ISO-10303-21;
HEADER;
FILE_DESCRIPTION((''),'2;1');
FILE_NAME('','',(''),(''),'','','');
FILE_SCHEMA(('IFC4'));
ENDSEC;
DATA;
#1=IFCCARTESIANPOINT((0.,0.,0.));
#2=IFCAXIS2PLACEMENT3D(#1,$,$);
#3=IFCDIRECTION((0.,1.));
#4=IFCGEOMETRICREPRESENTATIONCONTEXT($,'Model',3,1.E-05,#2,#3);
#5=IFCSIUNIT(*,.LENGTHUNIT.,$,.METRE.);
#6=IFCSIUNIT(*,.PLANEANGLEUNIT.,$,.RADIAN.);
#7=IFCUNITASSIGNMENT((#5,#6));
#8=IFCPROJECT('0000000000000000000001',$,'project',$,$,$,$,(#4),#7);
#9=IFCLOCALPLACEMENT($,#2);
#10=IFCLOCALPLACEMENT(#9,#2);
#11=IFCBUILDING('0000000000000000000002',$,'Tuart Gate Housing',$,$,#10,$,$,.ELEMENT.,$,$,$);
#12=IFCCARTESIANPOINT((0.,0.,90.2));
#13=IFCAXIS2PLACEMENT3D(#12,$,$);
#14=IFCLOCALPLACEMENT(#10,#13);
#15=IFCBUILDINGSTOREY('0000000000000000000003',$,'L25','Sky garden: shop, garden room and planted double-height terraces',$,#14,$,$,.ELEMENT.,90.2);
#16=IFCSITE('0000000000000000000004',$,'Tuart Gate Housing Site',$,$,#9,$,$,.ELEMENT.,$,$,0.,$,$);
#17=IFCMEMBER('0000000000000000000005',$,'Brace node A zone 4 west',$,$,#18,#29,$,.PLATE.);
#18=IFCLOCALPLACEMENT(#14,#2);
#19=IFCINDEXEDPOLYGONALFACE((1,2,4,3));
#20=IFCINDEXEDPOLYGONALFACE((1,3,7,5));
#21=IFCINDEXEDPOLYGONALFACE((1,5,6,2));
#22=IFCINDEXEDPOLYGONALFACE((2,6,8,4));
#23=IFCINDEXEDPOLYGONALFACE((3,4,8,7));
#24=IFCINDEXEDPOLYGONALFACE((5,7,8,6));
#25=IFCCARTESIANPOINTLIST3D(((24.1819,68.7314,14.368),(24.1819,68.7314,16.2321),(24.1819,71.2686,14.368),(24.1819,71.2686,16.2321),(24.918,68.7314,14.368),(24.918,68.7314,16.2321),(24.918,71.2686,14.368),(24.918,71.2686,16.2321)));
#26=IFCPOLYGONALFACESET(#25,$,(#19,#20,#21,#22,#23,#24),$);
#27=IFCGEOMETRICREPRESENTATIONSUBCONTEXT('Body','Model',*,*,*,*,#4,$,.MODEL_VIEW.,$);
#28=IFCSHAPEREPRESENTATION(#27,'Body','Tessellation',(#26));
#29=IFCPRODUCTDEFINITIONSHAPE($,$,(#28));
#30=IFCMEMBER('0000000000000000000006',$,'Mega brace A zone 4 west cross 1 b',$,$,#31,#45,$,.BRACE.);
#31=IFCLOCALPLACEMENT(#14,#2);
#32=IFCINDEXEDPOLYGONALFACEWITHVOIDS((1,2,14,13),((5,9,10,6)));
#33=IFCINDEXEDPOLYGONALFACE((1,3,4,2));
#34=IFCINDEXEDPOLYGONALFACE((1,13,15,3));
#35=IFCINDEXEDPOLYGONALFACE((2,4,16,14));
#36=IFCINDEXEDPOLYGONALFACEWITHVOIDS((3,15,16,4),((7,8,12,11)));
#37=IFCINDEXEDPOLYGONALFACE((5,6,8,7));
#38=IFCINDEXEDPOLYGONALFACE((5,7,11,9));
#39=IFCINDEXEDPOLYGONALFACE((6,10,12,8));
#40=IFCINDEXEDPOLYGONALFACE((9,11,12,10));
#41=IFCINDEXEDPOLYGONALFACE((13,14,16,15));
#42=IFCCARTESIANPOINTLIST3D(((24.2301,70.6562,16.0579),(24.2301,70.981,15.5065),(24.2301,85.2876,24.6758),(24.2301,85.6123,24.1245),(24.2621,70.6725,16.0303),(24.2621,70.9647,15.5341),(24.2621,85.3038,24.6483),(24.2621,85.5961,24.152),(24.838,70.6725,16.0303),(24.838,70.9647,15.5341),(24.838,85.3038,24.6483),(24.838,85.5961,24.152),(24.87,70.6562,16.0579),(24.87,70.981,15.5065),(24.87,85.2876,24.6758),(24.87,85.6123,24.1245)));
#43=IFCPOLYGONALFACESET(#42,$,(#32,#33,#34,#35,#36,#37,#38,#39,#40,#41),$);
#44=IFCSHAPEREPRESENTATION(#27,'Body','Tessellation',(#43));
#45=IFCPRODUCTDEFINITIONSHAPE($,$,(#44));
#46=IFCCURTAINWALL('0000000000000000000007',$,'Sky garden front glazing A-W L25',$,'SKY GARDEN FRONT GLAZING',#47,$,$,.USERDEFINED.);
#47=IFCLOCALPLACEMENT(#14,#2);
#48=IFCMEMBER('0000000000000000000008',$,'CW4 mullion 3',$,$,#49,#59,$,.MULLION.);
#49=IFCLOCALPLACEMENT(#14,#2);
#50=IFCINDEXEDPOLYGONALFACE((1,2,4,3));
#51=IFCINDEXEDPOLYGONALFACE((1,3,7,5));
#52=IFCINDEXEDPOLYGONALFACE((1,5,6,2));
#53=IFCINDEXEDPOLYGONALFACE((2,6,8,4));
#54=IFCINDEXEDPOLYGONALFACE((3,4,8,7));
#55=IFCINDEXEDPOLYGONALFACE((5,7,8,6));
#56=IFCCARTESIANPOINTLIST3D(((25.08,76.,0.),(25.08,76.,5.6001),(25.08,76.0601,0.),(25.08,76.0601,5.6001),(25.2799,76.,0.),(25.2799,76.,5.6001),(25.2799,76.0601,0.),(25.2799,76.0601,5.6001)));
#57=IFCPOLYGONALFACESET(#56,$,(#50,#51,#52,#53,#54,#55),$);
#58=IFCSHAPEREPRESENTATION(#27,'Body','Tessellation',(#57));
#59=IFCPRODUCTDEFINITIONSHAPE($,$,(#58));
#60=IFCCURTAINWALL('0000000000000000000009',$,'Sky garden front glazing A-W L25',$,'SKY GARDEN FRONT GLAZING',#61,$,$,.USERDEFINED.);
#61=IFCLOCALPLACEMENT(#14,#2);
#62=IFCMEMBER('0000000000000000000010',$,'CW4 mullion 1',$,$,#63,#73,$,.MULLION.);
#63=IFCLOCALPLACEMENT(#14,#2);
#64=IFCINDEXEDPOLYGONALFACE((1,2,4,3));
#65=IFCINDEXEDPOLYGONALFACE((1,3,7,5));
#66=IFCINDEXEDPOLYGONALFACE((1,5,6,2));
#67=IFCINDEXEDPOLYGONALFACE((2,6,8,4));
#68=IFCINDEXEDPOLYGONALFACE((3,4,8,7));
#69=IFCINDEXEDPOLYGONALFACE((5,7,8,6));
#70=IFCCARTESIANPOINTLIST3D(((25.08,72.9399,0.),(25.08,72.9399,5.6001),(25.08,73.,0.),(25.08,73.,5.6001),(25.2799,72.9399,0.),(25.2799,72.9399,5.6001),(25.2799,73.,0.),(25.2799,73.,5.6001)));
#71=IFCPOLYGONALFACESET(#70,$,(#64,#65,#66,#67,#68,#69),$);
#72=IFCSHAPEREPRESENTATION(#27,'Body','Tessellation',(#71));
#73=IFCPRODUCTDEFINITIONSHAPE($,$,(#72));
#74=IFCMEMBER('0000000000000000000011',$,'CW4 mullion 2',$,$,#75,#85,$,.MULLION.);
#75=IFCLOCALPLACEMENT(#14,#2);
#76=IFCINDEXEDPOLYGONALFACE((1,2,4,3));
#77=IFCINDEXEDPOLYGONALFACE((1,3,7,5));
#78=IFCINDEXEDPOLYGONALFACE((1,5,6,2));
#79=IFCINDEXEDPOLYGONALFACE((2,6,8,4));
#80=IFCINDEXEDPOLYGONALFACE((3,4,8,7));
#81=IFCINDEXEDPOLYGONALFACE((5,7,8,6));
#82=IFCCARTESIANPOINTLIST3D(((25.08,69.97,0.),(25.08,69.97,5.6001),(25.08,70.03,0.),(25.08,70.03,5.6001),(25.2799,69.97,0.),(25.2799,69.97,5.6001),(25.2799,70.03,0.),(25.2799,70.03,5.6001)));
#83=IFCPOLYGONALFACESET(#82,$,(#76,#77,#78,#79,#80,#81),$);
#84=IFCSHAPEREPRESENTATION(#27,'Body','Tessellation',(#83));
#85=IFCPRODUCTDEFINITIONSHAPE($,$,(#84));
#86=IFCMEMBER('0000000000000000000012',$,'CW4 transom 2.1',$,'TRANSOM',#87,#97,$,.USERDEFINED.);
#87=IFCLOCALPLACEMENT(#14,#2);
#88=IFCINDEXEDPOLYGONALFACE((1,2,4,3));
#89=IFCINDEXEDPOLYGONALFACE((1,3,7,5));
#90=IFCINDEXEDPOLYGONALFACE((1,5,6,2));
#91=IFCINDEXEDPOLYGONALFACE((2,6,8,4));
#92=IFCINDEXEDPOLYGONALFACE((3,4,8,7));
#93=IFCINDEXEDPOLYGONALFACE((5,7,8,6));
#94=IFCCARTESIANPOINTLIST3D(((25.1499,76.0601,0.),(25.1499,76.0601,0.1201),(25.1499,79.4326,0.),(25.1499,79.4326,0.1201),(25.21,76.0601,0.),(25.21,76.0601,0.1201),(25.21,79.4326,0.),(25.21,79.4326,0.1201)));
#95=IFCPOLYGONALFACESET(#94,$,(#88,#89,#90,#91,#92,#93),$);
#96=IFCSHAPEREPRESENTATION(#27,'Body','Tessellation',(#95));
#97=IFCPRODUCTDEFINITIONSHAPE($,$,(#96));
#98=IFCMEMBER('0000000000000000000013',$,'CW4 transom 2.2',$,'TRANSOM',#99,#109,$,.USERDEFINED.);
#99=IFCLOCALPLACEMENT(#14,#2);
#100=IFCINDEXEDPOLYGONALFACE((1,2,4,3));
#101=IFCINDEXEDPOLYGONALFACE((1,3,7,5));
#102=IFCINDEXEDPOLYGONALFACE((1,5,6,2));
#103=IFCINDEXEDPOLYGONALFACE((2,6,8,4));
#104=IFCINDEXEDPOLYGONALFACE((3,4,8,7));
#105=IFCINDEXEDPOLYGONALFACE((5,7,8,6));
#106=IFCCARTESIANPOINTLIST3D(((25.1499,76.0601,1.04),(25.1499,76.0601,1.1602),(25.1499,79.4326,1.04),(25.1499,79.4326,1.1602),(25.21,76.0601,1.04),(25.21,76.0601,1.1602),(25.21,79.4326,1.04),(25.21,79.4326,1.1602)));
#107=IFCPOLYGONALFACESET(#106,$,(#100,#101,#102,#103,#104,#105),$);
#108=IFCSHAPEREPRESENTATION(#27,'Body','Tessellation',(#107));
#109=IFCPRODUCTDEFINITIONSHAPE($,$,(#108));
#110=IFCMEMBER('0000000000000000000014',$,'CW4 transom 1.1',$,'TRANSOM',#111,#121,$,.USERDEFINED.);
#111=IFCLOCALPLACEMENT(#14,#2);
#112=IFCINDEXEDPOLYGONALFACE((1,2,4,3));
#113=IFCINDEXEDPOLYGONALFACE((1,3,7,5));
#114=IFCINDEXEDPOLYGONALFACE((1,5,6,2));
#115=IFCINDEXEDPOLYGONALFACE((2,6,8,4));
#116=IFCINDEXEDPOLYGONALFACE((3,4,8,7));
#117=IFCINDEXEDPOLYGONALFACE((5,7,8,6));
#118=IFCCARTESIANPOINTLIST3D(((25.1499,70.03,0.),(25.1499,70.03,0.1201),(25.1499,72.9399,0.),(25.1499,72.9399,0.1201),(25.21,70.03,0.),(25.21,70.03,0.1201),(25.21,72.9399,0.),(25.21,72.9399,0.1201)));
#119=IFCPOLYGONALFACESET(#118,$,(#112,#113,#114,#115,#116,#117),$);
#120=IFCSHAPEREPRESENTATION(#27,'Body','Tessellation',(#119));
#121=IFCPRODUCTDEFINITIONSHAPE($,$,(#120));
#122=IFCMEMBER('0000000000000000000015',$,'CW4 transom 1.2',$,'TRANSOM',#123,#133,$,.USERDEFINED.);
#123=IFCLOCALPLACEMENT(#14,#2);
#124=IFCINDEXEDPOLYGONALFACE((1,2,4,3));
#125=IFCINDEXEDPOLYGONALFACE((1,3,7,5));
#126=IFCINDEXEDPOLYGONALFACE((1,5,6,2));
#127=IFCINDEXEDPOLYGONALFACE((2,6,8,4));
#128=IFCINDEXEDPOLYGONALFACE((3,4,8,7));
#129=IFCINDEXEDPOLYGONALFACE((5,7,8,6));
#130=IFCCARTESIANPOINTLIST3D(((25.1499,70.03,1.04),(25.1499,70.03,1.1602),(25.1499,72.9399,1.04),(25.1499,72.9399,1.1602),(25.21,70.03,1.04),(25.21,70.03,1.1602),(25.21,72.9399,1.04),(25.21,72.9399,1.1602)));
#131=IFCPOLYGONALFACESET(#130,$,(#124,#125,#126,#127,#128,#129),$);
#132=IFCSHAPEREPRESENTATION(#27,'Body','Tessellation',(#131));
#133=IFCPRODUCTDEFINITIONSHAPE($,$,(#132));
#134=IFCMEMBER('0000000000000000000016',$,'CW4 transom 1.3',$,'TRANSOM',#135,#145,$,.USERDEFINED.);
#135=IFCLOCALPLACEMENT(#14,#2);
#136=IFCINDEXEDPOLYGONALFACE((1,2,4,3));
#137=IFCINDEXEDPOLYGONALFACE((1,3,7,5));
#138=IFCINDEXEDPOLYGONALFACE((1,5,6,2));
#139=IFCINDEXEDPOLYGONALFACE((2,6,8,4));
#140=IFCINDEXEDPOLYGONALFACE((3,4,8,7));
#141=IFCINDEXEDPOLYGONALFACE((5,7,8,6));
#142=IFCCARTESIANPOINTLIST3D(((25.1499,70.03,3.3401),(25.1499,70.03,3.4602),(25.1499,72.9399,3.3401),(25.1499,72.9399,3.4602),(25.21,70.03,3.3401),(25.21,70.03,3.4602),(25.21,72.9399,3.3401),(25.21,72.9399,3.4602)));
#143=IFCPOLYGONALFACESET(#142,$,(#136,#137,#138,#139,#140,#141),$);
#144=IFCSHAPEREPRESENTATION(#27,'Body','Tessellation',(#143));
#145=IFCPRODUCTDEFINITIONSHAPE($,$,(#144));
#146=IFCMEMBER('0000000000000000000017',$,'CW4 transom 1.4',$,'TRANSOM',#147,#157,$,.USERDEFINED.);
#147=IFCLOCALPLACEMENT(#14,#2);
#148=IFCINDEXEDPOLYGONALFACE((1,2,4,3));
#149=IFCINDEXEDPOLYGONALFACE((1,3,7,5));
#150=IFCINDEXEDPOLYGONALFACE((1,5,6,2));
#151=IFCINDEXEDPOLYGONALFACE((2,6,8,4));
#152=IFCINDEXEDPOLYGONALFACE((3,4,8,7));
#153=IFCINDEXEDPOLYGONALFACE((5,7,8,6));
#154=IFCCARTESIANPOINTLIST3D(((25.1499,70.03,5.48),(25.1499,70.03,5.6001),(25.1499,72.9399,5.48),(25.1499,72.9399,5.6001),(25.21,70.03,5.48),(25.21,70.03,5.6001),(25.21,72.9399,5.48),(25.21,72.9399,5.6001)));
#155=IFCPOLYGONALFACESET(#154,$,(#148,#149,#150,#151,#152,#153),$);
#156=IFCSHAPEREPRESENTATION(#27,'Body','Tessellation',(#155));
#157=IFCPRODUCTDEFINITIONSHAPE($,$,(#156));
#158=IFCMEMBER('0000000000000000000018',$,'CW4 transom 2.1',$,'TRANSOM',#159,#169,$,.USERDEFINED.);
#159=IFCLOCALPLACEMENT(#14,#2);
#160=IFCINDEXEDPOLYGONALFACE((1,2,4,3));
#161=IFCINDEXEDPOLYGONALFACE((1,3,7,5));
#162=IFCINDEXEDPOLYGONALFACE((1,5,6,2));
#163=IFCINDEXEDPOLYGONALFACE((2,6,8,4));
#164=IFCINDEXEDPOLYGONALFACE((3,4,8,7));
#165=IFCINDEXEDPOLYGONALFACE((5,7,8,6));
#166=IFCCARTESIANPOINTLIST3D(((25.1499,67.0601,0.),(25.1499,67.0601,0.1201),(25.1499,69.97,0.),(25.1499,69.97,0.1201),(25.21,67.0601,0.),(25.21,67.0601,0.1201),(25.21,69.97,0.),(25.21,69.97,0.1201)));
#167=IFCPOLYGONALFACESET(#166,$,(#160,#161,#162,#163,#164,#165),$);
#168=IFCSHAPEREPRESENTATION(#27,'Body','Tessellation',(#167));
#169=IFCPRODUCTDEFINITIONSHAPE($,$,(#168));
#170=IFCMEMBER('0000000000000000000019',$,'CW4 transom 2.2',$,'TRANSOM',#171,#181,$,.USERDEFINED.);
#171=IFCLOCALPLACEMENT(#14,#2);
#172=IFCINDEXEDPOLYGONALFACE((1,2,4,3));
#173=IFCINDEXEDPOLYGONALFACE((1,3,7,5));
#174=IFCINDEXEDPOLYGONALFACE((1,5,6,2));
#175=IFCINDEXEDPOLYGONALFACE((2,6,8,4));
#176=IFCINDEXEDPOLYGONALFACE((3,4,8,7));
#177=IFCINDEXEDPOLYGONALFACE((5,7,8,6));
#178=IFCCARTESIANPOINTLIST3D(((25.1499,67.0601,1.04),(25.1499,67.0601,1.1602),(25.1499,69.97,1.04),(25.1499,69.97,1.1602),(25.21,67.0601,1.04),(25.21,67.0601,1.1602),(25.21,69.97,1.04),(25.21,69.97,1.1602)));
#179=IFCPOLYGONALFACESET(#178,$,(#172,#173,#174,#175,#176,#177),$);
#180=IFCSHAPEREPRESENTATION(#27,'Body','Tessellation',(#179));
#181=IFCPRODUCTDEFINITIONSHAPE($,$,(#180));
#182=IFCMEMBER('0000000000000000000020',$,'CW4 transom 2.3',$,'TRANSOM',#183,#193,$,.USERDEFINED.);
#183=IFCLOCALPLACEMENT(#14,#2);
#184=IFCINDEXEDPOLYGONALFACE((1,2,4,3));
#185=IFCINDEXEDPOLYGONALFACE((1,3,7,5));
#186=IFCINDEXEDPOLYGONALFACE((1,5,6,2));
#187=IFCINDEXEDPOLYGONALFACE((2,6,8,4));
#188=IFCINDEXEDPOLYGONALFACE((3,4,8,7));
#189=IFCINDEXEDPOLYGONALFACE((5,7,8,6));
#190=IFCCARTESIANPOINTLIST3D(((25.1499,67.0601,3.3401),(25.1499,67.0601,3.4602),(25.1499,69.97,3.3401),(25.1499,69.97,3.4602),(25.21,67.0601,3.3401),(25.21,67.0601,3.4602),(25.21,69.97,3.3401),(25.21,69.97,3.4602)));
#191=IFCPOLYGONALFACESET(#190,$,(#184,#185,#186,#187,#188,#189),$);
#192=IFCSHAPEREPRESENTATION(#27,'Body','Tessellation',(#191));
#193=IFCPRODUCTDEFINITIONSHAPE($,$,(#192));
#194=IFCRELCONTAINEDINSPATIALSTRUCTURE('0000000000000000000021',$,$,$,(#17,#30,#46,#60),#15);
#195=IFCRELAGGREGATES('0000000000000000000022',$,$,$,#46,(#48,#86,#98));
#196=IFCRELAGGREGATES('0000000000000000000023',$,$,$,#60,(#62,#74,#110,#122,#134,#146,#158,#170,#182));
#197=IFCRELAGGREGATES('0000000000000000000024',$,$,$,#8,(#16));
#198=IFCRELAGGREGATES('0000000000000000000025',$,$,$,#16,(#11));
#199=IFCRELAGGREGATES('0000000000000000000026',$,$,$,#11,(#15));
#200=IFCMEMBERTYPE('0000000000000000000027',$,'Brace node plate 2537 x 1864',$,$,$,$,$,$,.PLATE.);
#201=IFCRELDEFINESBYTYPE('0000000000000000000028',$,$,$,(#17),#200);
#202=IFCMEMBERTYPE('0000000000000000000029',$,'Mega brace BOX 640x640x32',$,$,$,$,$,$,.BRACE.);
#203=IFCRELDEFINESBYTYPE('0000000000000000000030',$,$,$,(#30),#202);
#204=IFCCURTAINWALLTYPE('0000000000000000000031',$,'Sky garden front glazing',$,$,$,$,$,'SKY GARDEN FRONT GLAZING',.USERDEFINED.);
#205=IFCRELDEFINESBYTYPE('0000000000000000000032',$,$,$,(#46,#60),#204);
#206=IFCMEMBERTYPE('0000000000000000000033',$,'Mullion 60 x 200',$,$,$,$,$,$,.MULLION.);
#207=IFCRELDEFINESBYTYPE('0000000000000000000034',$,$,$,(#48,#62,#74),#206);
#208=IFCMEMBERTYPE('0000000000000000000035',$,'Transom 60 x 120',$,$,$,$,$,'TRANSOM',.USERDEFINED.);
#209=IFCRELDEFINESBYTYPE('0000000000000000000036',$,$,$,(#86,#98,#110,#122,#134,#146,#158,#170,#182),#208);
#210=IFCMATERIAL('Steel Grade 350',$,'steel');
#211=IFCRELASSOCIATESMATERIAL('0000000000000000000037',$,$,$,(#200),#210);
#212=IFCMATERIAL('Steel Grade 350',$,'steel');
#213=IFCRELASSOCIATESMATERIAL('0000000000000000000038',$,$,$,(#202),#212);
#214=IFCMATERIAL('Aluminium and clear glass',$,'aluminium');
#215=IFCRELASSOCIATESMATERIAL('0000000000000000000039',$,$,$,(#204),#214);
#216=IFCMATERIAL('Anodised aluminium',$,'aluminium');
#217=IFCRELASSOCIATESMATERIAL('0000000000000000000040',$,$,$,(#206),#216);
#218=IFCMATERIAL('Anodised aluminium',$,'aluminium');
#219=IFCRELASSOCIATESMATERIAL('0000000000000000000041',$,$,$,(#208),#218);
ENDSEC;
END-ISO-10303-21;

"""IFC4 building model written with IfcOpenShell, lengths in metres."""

from ifc_helpers import new_model, si_unit, direction, frame, origin, origin_2d, place, context, subcontext, project, spatial, rectangle, hollow_rectangle, extrude, material, material_profile, profile_set, type_object, element, aggregate, save


model = new_model("IFC4")

# Units and contexts
model_context = context("Model", 3, precision=1e-05, world=origin(), true_north=direction((0.0, 1.0)))
body_context = subcontext(model_context, "Body", "Model", "MODEL_VIEW")
ifc_project = project(units=[si_unit("LENGTHUNIT", "METRE"), si_unit("PLANEANGLEUNIT", "RADIAN")], contexts=[model_context])

# Site, building, storey
site_placement = place(None, origin())
site = spatial("IfcSite", under=ifc_project, at=site_placement, Name="Tuart Gate Housing Site", CompositionType="ELEMENT", RefElevation=0.0)
building_placement = place(site_placement, origin())
building = spatial("IfcBuilding", under=site, at=building_placement, Name="Tuart Gate Housing", CompositionType="ELEMENT")
storey_placement = place(building_placement, frame((0.0, 0.0, 90.2)))
storey = spatial("IfcBuildingStorey", under=building, at=storey_placement, Name="L25", Description="Sky garden: shop, garden room and planted double-height terraces", CompositionType="ELEMENT", Elevation=90.2)

# Members
ifc_material_1 = material(Name="Steel Grade 350", Category="steel")
ifc_material_profile_1 = material_profile(ifc_material_1, rectangle(XDim=2.5371, YDim=1.864, at=origin_2d()), Name="Brace node plate 2537 x 1864")
ifc_profile_set_1 = profile_set([ifc_material_profile_1], Name="Steel Grade 350")
member_type_1 = type_object("IfcMemberType", Name="Brace node plate 2537 x 1864", PredefinedType="PLATE", material=ifc_profile_set_1)
member_1_placement = place(storey_placement, frame((24.1819, 70.0, 15.3), z_axis=(1.0, 0.0, 0.0), x_axis=(0.0, 1.0, 0.0)))
element("IfcMember", 1, at=member_1_placement, inside=storey, type_object=member_type_1, Name="Brace node A zone 4 west", PredefinedType="PLATE", context=body_context, shape_type="SweptSolid", body=[
    extrude(rectangle(XDim=2.5371, YDim=1.864, at=origin_2d()), origin(), (0.0, 0.0, 1.0), 0.7361),
])
ifc_material_2 = material(Name="Steel Grade 350", Category="steel")
ifc_material_profile_2 = material_profile(ifc_material_2, hollow_rectangle(XDim=0.6399, YDim=0.6399, WallThickness=0.032, at=origin_2d()), Name="BOX 640x640x32")
ifc_profile_set_2 = profile_set([ifc_material_profile_2], Name="Steel Grade 350")
member_type_2 = type_object("IfcMemberType", Name="Mega brace BOX 640x640x32", PredefinedType="BRACE", material=ifc_profile_set_2)
member_2_placement = place(storey_placement, frame((24.55, 70.8186, 15.7822), z_axis=(0.0, 0.861645, 0.507512), x_axis=(-1.0, 0.0, 0.0)))
element("IfcMember", 2, at=member_2_placement, inside=storey, type_object=member_type_2, Name="Mega brace A zone 4 west cross 1 b", PredefinedType="BRACE", context=body_context, shape_type="SweptSolid", body=[
    extrude(hollow_rectangle(XDim=0.6399, YDim=0.6399, WallThickness=0.032, at=origin_2d()), origin(), (0.0, 0.0, 1.0), 16.9807),
])

# Curtain wall, member
ifc_material_3 = material(Name="Aluminium and clear glass", Category="aluminium")
curtain_wall_type = type_object("IfcCurtainWallType", Name="Sky garden front glazing", ElementType="SKY GARDEN FRONT GLAZING", PredefinedType="USERDEFINED", material=ifc_material_3)
curtain_wall_1_placement = place(storey_placement, origin())
curtain_wall_1 = element("IfcCurtainWall", 3, at=curtain_wall_1_placement, inside=storey, type_object=curtain_wall_type, Name="Sky garden front glazing A-W L25", ObjectType="SKY GARDEN FRONT GLAZING", PredefinedType="USERDEFINED")
ifc_material_4 = material(Name="Anodised aluminium", Category="aluminium")
ifc_material_profile_3 = material_profile(ifc_material_4, rectangle(XDim=0.0601, YDim=0.2, at=origin_2d()), Name="60x200")
ifc_profile_set_3 = profile_set([ifc_material_profile_3], Name="Anodised aluminium")
member_type_3 = type_object("IfcMemberType", Name="Mullion 60 x 200", PredefinedType="MULLION", material=ifc_profile_set_3)
member_3_placement = place(storey_placement, frame((25.1799, 76.03, 0.0), z_axis=(0.0, 0.0, 1.0), x_axis=(0.0, -1.0, 0.0)))
member_3 = element("IfcMember", 4, at=member_3_placement, type_object=member_type_3, Name="CW4 mullion 3", PredefinedType="MULLION", context=body_context, shape_type="SweptSolid", body=[
    extrude(rectangle(XDim=0.0601, YDim=0.2, at=origin_2d()), origin(), (0.0, 0.0, 1.0), 5.6001),
])

# Curtain wall, members
curtain_wall_2_placement = place(storey_placement, origin())
curtain_wall_2 = element("IfcCurtainWall", 5, at=curtain_wall_2_placement, inside=storey, type_object=curtain_wall_type, Name="Sky garden front glazing A-W L25", ObjectType="SKY GARDEN FRONT GLAZING", PredefinedType="USERDEFINED")
member_4_placement = place(storey_placement, frame((25.1799, 72.97, 0.0), z_axis=(0.0, 0.0, 1.0), x_axis=(0.0, -1.0, 0.0)))
member_4 = element("IfcMember", 6, at=member_4_placement, type_object=member_type_3, Name="CW4 mullion 1", PredefinedType="MULLION", context=body_context, shape_type="SweptSolid", body=[
    extrude(rectangle(XDim=0.0601, YDim=0.2, at=origin_2d()), origin(), (0.0, 0.0, 1.0), 5.6001),
])
member_5_placement = place(storey_placement, frame((25.1799, 70.0, 0.0), z_axis=(0.0, 0.0, 1.0), x_axis=(0.0, -1.0, 0.0)))
member_5 = element("IfcMember", 7, at=member_5_placement, type_object=member_type_3, Name="CW4 mullion 2", PredefinedType="MULLION", context=body_context, shape_type="SweptSolid", body=[
    extrude(rectangle(XDim=0.0601, YDim=0.2, at=origin_2d()), origin(), (0.0, 0.0, 1.0), 5.6001),
])

# Members
ifc_material_5 = material(Name="Anodised aluminium", Category="aluminium")
ifc_material_profile_4 = material_profile(ifc_material_5, rectangle(XDim=0.0601, YDim=0.1201, at=origin_2d()), Name="60x120")
ifc_profile_set_4 = profile_set([ifc_material_profile_4], Name="Anodised aluminium")
member_type_4 = type_object("IfcMemberType", Name="Transom 60 x 120", ElementType="TRANSOM", PredefinedType="USERDEFINED", material=ifc_profile_set_4)
member_6_placement = place(storey_placement, frame((25.1799, 79.4326, 0.0601), z_axis=(0.0, -1.0, 0.0), x_axis=(1.0, 0.0, 0.0)))
member_6 = element("IfcMember", 8, at=member_6_placement, type_object=member_type_4, Name="CW4 transom 2.1", ObjectType="TRANSOM", PredefinedType="USERDEFINED", context=body_context, shape_type="SweptSolid", body=[
    extrude(rectangle(XDim=0.0601, YDim=0.1201, at=origin_2d()), origin(), (0.0, 0.0, 1.0), 3.3726),
])
member_7_placement = place(storey_placement, frame((25.1799, 79.4326, 1.1001), z_axis=(0.0, -1.0, 0.0), x_axis=(1.0, 0.0, 0.0)))
member_7 = element("IfcMember", 9, at=member_7_placement, type_object=member_type_4, Name="CW4 transom 2.2", ObjectType="TRANSOM", PredefinedType="USERDEFINED", context=body_context, shape_type="SweptSolid", body=[
    extrude(rectangle(XDim=0.0601, YDim=0.1201, at=origin_2d()), origin(), (0.0, 0.0, 1.0), 3.3726),
])
member_8_placement = place(storey_placement, frame((25.1799, 72.9399, 0.0601), z_axis=(0.0, -1.0, 0.0), x_axis=(1.0, 0.0, 0.0)))
member_8 = element("IfcMember", 10, at=member_8_placement, type_object=member_type_4, Name="CW4 transom 1.1", ObjectType="TRANSOM", PredefinedType="USERDEFINED", context=body_context, shape_type="SweptSolid", body=[
    extrude(rectangle(XDim=0.0601, YDim=0.1201, at=origin_2d()), origin(), (0.0, 0.0, 1.0), 2.9099),
])
member_9_placement = place(storey_placement, frame((25.1799, 72.9399, 1.1001), z_axis=(0.0, -1.0, 0.0), x_axis=(1.0, 0.0, 0.0)))
member_9 = element("IfcMember", 11, at=member_9_placement, type_object=member_type_4, Name="CW4 transom 1.2", ObjectType="TRANSOM", PredefinedType="USERDEFINED", context=body_context, shape_type="SweptSolid", body=[
    extrude(rectangle(XDim=0.0601, YDim=0.1201, at=origin_2d()), origin(), (0.0, 0.0, 1.0), 2.9099),
])
member_10_placement = place(storey_placement, frame((25.1799, 72.9399, 3.4001), z_axis=(0.0, -1.0, 0.0), x_axis=(1.0, 0.0, 0.0)))
member_10 = element("IfcMember", 12, at=member_10_placement, type_object=member_type_4, Name="CW4 transom 1.3", ObjectType="TRANSOM", PredefinedType="USERDEFINED", context=body_context, shape_type="SweptSolid", body=[
    extrude(rectangle(XDim=0.0601, YDim=0.1201, at=origin_2d()), origin(), (0.0, 0.0, 1.0), 2.9099),
])
member_11_placement = place(storey_placement, frame((25.1799, 72.9399, 5.54), z_axis=(0.0, -1.0, 0.0), x_axis=(1.0, 0.0, 0.0)))
member_11 = element("IfcMember", 13, at=member_11_placement, type_object=member_type_4, Name="CW4 transom 1.4", ObjectType="TRANSOM", PredefinedType="USERDEFINED", context=body_context, shape_type="SweptSolid", body=[
    extrude(rectangle(XDim=0.0601, YDim=0.1201, at=origin_2d()), origin(), (0.0, 0.0, 1.0), 2.9099),
])
member_12_placement = place(storey_placement, frame((25.1799, 69.97, 0.0601), z_axis=(0.0, -1.0, 0.0), x_axis=(1.0, 0.0, 0.0)))
member_12 = element("IfcMember", 14, at=member_12_placement, type_object=member_type_4, Name="CW4 transom 2.1", ObjectType="TRANSOM", PredefinedType="USERDEFINED", context=body_context, shape_type="SweptSolid", body=[
    extrude(rectangle(XDim=0.0601, YDim=0.1201, at=origin_2d()), origin(), (0.0, 0.0, 1.0), 2.9099),
])
member_13_placement = place(storey_placement, frame((25.1799, 69.97, 1.1001), z_axis=(0.0, -1.0, 0.0), x_axis=(1.0, 0.0, 0.0)))
member_13 = element("IfcMember", 15, at=member_13_placement, type_object=member_type_4, Name="CW4 transom 2.2", ObjectType="TRANSOM", PredefinedType="USERDEFINED", context=body_context, shape_type="SweptSolid", body=[
    extrude(rectangle(XDim=0.0601, YDim=0.1201, at=origin_2d()), origin(), (0.0, 0.0, 1.0), 2.9099),
])
member_14_placement = place(storey_placement, frame((25.1799, 69.97, 3.4001), z_axis=(0.0, -1.0, 0.0), x_axis=(1.0, 0.0, 0.0)))
member_14 = element("IfcMember", 16, at=member_14_placement, type_object=member_type_4, Name="CW4 transom 2.3", ObjectType="TRANSOM", PredefinedType="USERDEFINED", context=body_context, shape_type="SweptSolid", body=[
    extrude(rectangle(XDim=0.0601, YDim=0.1201, at=origin_2d()), origin(), (0.0, 0.0, 1.0), 2.9099),
])

aggregate(curtain_wall_1, [member_3, member_6, member_7])
aggregate(curtain_wall_2, [member_4, member_5, member_8, member_9, member_10, member_11, member_12, member_13, member_14])

save(model, "model.ifc")
